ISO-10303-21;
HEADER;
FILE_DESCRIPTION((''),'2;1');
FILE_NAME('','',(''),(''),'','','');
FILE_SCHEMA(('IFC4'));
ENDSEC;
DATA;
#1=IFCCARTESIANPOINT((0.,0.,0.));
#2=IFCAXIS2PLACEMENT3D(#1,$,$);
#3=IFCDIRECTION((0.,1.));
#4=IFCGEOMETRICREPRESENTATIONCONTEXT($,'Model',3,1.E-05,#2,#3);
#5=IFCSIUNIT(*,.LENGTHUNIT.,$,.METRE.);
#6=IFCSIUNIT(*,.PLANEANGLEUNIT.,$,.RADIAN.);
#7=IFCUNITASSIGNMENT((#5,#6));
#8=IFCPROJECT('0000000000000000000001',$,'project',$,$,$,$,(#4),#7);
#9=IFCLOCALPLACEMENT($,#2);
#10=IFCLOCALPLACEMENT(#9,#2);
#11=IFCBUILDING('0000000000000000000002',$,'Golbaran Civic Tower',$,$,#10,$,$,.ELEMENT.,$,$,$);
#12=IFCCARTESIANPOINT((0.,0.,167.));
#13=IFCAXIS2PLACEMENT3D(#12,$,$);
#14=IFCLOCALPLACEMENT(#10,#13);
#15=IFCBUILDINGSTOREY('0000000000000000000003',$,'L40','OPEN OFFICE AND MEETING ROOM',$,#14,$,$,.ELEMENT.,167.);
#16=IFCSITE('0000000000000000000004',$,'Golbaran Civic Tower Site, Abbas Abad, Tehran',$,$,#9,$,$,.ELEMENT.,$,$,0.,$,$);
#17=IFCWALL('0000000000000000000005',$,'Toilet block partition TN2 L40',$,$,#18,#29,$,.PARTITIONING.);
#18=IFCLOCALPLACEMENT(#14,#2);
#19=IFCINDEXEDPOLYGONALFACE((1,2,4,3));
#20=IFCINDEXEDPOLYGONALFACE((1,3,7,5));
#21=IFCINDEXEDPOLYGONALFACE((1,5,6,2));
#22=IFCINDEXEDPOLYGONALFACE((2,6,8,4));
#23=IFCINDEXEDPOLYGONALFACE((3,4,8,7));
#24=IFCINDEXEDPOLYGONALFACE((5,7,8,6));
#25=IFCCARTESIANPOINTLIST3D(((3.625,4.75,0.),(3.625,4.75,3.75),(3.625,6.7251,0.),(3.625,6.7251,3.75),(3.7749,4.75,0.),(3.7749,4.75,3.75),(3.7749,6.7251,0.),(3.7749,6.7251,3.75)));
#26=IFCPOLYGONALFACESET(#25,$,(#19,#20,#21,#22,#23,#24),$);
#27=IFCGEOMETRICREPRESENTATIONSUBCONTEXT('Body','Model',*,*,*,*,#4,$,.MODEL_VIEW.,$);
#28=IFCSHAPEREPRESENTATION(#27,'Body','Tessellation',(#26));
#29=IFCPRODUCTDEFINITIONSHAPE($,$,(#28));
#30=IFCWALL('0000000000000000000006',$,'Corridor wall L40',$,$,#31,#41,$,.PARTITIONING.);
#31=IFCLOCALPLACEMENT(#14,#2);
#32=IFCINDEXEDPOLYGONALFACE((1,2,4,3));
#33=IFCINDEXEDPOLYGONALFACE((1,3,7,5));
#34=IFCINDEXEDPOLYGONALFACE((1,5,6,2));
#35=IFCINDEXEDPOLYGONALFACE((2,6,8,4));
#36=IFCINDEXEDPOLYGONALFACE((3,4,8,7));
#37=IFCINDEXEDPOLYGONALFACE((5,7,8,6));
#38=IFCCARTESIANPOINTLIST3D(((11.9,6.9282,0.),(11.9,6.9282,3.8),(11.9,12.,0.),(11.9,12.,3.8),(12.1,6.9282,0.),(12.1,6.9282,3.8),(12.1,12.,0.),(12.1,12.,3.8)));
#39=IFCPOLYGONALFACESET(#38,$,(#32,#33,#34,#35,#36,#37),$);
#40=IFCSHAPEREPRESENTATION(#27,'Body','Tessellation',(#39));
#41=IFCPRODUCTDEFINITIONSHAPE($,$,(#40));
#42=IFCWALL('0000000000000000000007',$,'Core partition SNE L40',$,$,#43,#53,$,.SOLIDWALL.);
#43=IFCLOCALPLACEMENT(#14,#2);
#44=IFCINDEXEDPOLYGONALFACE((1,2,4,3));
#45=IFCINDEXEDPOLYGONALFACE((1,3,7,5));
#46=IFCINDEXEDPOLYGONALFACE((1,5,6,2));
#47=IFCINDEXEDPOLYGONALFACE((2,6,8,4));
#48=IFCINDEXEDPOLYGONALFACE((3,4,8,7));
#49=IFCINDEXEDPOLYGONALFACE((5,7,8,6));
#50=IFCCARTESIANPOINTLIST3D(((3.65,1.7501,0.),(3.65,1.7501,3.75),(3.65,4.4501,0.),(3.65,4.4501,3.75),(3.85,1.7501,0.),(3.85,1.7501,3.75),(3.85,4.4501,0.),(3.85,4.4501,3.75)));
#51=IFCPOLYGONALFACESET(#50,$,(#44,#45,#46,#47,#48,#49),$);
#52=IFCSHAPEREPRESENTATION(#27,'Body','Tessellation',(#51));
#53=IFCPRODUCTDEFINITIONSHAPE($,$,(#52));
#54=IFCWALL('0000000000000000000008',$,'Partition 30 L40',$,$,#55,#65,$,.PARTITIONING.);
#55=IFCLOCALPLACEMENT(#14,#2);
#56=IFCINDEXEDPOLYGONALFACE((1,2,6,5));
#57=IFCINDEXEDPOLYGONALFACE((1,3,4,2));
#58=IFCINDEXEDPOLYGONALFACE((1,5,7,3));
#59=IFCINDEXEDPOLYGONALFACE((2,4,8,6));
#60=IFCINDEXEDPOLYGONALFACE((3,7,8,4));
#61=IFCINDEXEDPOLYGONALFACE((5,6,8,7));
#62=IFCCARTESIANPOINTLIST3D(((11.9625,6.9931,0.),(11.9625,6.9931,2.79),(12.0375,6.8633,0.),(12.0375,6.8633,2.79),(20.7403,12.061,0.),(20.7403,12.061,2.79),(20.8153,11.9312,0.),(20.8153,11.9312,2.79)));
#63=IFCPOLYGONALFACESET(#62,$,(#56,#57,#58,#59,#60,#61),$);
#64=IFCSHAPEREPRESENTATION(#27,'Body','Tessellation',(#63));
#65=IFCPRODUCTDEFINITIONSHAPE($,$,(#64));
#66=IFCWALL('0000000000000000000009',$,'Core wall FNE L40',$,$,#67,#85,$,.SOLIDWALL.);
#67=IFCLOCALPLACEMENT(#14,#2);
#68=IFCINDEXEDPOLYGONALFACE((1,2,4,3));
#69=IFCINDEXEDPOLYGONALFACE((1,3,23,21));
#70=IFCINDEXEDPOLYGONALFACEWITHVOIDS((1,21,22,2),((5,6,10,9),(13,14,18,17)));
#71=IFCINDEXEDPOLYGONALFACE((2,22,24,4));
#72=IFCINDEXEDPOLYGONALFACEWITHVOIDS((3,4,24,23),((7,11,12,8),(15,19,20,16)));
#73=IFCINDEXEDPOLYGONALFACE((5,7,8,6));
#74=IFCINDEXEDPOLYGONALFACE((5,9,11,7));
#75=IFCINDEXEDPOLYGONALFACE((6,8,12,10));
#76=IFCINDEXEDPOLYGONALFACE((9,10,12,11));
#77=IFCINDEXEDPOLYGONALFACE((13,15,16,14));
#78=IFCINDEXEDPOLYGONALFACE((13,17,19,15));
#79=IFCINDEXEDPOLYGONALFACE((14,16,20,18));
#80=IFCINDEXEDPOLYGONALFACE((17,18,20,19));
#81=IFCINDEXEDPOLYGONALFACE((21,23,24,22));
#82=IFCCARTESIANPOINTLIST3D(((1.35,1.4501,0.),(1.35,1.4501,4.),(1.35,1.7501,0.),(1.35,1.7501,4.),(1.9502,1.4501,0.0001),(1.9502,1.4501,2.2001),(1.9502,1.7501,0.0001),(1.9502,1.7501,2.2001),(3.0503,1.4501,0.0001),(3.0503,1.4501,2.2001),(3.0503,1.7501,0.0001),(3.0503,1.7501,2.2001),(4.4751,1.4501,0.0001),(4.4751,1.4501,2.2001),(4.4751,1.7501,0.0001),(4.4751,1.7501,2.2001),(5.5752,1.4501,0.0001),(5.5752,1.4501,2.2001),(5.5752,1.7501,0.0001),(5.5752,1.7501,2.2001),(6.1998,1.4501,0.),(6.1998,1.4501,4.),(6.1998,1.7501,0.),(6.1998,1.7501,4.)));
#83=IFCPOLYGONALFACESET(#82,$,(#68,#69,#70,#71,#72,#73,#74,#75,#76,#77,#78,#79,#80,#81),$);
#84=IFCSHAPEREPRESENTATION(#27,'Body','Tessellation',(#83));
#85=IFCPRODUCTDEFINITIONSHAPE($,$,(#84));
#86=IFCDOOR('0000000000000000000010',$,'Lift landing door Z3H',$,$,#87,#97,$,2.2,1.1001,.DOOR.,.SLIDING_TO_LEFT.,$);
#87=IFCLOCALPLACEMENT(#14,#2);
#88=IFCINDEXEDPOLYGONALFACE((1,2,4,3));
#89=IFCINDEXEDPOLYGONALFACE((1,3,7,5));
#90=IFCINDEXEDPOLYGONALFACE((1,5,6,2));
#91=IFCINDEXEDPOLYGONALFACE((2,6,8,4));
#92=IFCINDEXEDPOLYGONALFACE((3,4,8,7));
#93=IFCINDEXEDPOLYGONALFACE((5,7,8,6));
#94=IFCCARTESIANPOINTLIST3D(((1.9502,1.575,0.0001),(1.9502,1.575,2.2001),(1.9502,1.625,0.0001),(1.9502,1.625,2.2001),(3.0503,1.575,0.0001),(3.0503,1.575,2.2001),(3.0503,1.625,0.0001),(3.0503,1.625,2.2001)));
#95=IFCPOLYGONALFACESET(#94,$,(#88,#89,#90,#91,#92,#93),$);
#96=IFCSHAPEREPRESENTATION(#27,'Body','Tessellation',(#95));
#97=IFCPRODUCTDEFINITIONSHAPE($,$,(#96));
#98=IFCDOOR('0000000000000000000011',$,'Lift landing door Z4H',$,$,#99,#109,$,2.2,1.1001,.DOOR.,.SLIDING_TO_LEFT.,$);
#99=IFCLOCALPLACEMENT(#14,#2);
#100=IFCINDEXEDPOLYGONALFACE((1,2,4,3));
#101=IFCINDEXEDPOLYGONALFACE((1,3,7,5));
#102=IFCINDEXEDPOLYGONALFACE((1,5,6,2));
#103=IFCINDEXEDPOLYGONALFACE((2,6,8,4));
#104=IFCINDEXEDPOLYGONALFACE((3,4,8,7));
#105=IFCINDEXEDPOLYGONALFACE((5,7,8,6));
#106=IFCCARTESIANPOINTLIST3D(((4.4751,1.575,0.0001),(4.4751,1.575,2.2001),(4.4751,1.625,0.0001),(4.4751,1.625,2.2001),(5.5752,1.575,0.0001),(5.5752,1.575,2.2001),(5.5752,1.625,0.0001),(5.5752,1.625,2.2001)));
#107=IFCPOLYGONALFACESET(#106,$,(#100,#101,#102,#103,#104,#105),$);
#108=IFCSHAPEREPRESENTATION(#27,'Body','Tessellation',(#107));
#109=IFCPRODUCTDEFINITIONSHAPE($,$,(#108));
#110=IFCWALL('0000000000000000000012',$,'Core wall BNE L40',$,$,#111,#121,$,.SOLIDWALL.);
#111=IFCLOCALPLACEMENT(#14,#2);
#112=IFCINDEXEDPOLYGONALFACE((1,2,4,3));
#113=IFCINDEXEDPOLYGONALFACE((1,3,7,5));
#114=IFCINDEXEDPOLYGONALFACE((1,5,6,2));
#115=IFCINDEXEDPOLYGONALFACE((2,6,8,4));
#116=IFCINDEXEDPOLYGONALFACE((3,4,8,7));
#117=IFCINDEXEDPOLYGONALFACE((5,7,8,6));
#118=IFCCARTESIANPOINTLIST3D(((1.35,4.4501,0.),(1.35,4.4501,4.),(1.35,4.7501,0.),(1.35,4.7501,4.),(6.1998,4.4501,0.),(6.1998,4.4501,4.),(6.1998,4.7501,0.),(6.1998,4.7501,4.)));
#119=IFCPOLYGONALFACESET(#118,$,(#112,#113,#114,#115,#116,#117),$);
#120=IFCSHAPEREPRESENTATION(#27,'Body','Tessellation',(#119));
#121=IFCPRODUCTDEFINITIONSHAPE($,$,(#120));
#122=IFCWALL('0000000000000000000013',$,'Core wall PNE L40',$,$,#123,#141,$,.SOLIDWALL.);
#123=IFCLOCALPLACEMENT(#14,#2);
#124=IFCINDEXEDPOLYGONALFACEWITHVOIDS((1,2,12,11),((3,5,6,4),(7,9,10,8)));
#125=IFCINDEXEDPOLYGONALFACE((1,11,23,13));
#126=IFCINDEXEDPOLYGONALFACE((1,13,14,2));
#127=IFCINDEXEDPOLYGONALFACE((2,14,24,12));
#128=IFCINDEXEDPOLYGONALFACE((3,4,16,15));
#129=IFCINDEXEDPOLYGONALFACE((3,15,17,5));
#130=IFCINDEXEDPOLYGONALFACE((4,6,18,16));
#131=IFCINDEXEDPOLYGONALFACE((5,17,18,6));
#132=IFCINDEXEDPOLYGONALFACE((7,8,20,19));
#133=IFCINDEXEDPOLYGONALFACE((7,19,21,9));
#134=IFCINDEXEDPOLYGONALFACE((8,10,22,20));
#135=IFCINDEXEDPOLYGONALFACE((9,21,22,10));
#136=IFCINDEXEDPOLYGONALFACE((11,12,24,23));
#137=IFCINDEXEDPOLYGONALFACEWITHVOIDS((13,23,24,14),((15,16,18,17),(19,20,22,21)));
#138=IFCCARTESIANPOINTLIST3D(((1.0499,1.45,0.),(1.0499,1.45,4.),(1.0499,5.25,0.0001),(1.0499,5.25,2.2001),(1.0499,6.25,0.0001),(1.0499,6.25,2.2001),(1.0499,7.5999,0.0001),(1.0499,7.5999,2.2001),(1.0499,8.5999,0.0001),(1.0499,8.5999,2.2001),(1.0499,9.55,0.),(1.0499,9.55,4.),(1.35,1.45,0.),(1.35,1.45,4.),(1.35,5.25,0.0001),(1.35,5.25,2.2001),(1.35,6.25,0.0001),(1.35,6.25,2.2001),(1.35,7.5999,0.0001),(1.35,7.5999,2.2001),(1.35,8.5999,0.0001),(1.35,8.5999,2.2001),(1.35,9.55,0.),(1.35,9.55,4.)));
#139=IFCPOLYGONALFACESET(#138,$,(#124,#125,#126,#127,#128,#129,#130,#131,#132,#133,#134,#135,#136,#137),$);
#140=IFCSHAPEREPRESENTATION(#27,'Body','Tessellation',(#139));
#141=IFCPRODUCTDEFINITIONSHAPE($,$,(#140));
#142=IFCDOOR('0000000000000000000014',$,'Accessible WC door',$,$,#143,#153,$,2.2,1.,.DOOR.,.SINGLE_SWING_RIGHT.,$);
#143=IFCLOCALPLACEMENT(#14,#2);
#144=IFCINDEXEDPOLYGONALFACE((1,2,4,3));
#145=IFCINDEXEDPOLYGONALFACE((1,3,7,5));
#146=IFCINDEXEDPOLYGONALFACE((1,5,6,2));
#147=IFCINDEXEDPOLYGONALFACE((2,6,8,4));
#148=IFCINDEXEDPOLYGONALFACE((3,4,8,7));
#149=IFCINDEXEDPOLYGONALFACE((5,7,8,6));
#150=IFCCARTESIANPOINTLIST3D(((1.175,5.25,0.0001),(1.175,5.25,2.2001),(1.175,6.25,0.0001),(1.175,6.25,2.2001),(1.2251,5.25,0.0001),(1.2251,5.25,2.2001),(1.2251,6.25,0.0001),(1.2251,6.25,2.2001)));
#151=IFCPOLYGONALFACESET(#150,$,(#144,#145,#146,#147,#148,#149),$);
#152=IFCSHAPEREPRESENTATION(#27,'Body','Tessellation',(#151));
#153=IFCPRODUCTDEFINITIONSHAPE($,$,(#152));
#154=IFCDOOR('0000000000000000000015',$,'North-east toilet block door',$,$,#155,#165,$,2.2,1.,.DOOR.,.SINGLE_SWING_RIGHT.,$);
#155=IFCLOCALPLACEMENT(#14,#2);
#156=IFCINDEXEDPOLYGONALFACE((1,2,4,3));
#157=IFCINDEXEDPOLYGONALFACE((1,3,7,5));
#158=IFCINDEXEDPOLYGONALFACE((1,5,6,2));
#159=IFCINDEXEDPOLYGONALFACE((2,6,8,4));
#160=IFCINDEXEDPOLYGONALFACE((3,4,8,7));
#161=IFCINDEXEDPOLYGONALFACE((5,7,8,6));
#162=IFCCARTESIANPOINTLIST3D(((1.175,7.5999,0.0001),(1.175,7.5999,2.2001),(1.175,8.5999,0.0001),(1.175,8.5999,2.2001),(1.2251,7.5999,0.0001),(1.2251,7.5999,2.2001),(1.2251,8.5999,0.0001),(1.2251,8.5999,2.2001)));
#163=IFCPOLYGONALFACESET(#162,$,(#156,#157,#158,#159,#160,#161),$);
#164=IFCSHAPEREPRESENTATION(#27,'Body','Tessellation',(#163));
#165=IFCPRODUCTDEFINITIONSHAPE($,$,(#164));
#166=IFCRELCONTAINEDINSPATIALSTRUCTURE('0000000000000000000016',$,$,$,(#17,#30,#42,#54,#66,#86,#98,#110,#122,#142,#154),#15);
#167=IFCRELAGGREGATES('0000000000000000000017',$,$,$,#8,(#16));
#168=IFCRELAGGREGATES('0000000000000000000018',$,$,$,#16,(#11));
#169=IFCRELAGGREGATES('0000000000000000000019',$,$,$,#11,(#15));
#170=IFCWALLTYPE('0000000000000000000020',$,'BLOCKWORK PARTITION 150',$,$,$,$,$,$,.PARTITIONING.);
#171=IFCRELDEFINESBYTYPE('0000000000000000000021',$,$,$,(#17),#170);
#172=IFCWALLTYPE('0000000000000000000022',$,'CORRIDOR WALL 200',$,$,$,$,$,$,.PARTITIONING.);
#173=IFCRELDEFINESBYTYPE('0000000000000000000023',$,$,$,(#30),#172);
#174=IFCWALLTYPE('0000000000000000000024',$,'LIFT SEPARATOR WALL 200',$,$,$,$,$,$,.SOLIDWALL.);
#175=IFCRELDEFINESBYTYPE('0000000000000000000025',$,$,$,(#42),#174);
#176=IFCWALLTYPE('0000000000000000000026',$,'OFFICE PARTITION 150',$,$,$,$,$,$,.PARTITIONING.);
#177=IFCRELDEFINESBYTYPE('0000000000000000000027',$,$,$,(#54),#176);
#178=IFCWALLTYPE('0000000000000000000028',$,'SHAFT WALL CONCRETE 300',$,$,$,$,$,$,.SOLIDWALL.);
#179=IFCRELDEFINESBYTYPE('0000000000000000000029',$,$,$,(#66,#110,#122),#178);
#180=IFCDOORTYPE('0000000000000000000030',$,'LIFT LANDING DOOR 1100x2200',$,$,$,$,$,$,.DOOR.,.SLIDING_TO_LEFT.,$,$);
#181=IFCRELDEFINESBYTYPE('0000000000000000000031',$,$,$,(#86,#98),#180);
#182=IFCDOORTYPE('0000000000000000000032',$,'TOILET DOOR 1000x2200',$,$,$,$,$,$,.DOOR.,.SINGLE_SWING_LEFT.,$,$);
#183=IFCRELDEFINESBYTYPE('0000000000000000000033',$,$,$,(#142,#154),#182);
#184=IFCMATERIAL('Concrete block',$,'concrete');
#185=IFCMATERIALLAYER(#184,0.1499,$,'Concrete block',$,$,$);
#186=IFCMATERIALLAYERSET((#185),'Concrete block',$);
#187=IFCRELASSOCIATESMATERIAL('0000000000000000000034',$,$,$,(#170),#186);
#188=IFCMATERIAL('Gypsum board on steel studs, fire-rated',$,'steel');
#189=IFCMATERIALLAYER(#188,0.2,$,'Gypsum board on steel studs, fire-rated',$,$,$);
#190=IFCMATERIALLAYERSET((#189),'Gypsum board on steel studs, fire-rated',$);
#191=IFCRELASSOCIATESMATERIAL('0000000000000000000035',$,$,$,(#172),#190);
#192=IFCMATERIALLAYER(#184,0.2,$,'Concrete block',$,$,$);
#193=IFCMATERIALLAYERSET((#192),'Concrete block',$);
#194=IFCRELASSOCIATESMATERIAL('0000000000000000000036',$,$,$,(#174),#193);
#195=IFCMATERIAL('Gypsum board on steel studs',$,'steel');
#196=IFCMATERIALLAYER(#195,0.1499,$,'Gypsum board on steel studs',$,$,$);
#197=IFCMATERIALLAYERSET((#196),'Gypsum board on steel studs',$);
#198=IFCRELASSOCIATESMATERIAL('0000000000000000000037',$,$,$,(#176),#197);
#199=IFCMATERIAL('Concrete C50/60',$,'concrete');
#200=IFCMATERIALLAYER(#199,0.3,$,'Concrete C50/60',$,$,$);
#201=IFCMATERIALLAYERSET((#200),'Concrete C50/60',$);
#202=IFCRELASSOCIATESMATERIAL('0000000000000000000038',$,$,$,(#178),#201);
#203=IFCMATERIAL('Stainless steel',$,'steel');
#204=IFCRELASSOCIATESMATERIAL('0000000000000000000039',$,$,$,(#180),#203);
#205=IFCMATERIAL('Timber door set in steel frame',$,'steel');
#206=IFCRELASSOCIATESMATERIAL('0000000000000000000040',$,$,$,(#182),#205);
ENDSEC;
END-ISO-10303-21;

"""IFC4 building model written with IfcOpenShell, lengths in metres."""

from ifc_helpers import new_model, si_unit, direction, frame, frame_2d, origin, place, context, subcontext, project, spatial, rectangle, extrude, material, layer, layer_set, type_object, element, fill, save


model = new_model("IFC4")

# Units and contexts
model_context = context("Model", 3, precision=1e-05, world=origin(), true_north=direction((0.0, 1.0)))
body_context = subcontext(model_context, "Body", "Model", "MODEL_VIEW")
ifc_project = project(units=[si_unit("LENGTHUNIT", "METRE"), si_unit("PLANEANGLEUNIT", "RADIAN")], contexts=[model_context])

# Site, building, storey
site_placement = place(None, origin())
site = spatial("IfcSite", under=ifc_project, at=site_placement, Name="Golbaran Civic Tower Site, Abbas Abad, Tehran", CompositionType="ELEMENT", RefElevation=0.0)
building_placement = place(site_placement, origin())
building = spatial("IfcBuilding", under=site, at=building_placement, Name="Golbaran Civic Tower", CompositionType="ELEMENT")
storey_placement = place(building_placement, frame((0.0, 0.0, 167.0)))
storey = spatial("IfcBuildingStorey", under=building, at=storey_placement, Name="L40", Description="OPEN OFFICE AND MEETING ROOM", CompositionType="ELEMENT", Elevation=167.0)

# Shared definitions
ifc_material_1 = material(Name="Concrete block", Category="concrete")
ifc_layer_1 = layer(ifc_material_1, 0.1499, Name="Concrete block")
ifc_layer_set_1 = layer_set([ifc_layer_1], Name="Concrete block")
wall_type_1 = type_object("IfcWallType", Name="BLOCKWORK PARTITION 150", PredefinedType="PARTITIONING", material=ifc_layer_set_1)
ifc_material_2 = material(Name="Timber door set in steel frame", Category="steel")

# Walls
wall_1_placement = place(storey_placement, frame((3.7, 4.75, 0.0), z_axis=(0.0, 0.0, 1.0), x_axis=(0.0, 1.0, 0.0)))
element("IfcWall", 1, at=wall_1_placement, inside=storey, type_object=wall_type_1, Name="Toilet block partition TN2 L40", PredefinedType="PARTITIONING", context=body_context, shape_type="SweptSolid", body=[
    extrude(rectangle(XDim=1.9751, YDim=0.1499, at=frame_2d((0.9875, 0.0))), origin(), (0.0, 0.0, 1.0), 3.75),
])
ifc_material_3 = material(Name="Gypsum board on steel studs, fire-rated", Category="steel")
ifc_layer_2 = layer(ifc_material_3, 0.2, Name="Gypsum board on steel studs, fire-rated")
ifc_layer_set_2 = layer_set([ifc_layer_2], Name="Gypsum board on steel studs, fire-rated")
wall_type_2 = type_object("IfcWallType", Name="CORRIDOR WALL 200", PredefinedType="PARTITIONING", material=ifc_layer_set_2)
wall_2_placement = place(storey_placement, frame((12.0, 6.9282, 0.0), z_axis=(0.0, 0.0, 1.0), x_axis=(0.0, 1.0, 0.0)))
element("IfcWall", 2, at=wall_2_placement, inside=storey, type_object=wall_type_2, Name="Corridor wall L40", PredefinedType="PARTITIONING", context=body_context, shape_type="SweptSolid", body=[
    extrude(rectangle(XDim=5.0718, YDim=0.2, at=frame_2d((2.5359, 0.0))), origin(), (0.0, 0.0, 1.0), 3.8),
])
ifc_layer_3 = layer(ifc_material_1, 0.2, Name="Concrete block")
ifc_layer_set_3 = layer_set([ifc_layer_3], Name="Concrete block")
wall_type_3 = type_object("IfcWallType", Name="LIFT SEPARATOR WALL 200", PredefinedType="SOLIDWALL", material=ifc_layer_set_3)
wall_3_placement = place(storey_placement, frame((3.75, 1.75, 0.0), z_axis=(0.0, 0.0, 1.0), x_axis=(0.0, 1.0, 0.0)))
element("IfcWall", 3, at=wall_3_placement, inside=storey, type_object=wall_type_3, Name="Core partition SNE L40", PredefinedType="SOLIDWALL", context=body_context, shape_type="SweptSolid", body=[
    extrude(rectangle(XDim=2.7, YDim=0.2, at=frame_2d((1.3501, 0.0))), origin(), (0.0, 0.0, 1.0), 3.75),
])
ifc_material_4 = material(Name="Gypsum board on steel studs", Category="steel")
ifc_layer_4 = layer(ifc_material_4, 0.1499, Name="Gypsum board on steel studs")
ifc_layer_set_4 = layer_set([ifc_layer_4], Name="Gypsum board on steel studs")
wall_type_4 = type_object("IfcWallType", Name="OFFICE PARTITION 150", PredefinedType="PARTITIONING", material=ifc_layer_set_4)
wall_4_placement = place(storey_placement, frame((12.0, 6.9282, 0.0), z_axis=(0.0, 0.0, 1.0), x_axis=(0.866026, 0.499999, 0.0)))
element("IfcWall", 4, at=wall_4_placement, inside=storey, type_object=wall_type_4, Name="Partition 30 L40", PredefinedType="PARTITIONING", context=body_context, shape_type="SweptSolid", body=[
    extrude(rectangle(XDim=10.1357, YDim=0.1499, at=frame_2d((5.0679, 0.0))), origin(), (0.0, 0.0, 1.0), 2.79),
])

# Wall, openings, doors
ifc_material_5 = material(Name="Concrete C50/60", Category="concrete")
ifc_layer_5 = layer(ifc_material_5, 0.3, Name="Concrete C50/60")
ifc_layer_set_5 = layer_set([ifc_layer_5], Name="Concrete C50/60")
wall_type_5 = type_object("IfcWallType", Name="SHAFT WALL CONCRETE 300", PredefinedType="SOLIDWALL", material=ifc_layer_set_5)
wall_5_placement = place(storey_placement, frame((1.3501, 1.6001, 0.0), z_axis=(0.0, 0.0, 1.0), x_axis=(1.0, 0.0, 0.0)))
wall_5 = element("IfcWall", 5, at=wall_5_placement, inside=storey, type_object=wall_type_5, Name="Core wall FNE L40", PredefinedType="SOLIDWALL", context=body_context, shape_type="SweptSolid", body=[
    extrude(rectangle(XDim=4.8499, YDim=0.3, at=frame_2d((2.4248, 0.0))), origin(), (0.0, 0.0, 1.0), 4.0),
])
opening_1_placement = place(wall_5_placement, frame((0.6001, 0.0, 0.0)))
opening_1 = element("IfcOpeningElement", 6, at=opening_1_placement, cuts=wall_5, PredefinedType="OPENING", context=body_context, shape_type="SweptSolid", body=[
    extrude(rectangle(XDim=1.1001, YDim=2.2, at=frame_2d((0.55, 1.1001))), frame((0.0, 0.1599, 0.0), z_axis=(0.0, -1.0, 0.0), x_axis=(1.0, 0.0, 0.0)), (0.0, 0.0, 1.0), 0.3201),
])
opening_2_placement = place(wall_5_placement, frame((3.125, 0.0, 0.0)))
opening_2 = element("IfcOpeningElement", 7, at=opening_2_placement, cuts=wall_5, PredefinedType="OPENING", context=body_context, shape_type="SweptSolid", body=[
    extrude(rectangle(XDim=1.1001, YDim=2.2, at=frame_2d((0.55, 1.1001))), frame((0.0, 0.1599, 0.0), z_axis=(0.0, -1.0, 0.0), x_axis=(1.0, 0.0, 0.0)), (0.0, 0.0, 1.0), 0.3201),
])
ifc_material_6 = material(Name="Stainless steel", Category="steel")
door_type_1 = type_object("IfcDoorType", Name="LIFT LANDING DOOR 1100x2200", OperationType="SLIDING_TO_LEFT", PredefinedType="DOOR", material=ifc_material_6)
door_1_placement = place(opening_1_placement, origin())
door_1 = element("IfcDoor", 8, at=door_1_placement, inside=storey, type_object=door_type_1, Name="Lift landing door Z3H", OperationType="SLIDING_TO_LEFT", OverallHeight=2.2, OverallWidth=1.1001, PredefinedType="DOOR", context=body_context, shape_type="SweptSolid", body=[
    extrude(rectangle(XDim=1.1001, YDim=2.2, at=frame_2d((0.55, 1.1001))), frame((0.0, 0.0249, 0.0), z_axis=(0.0, -1.0, 0.0), x_axis=(1.0, 0.0, 0.0)), (0.0, 0.0, 1.0), 0.05),
])
fill(opening_1, door_1)
door_2_placement = place(opening_2_placement, origin())
door_2 = element("IfcDoor", 9, at=door_2_placement, inside=storey, type_object=door_type_1, Name="Lift landing door Z4H", OperationType="SLIDING_TO_LEFT", OverallHeight=2.2, OverallWidth=1.1001, PredefinedType="DOOR", context=body_context, shape_type="SweptSolid", body=[
    extrude(rectangle(XDim=1.1001, YDim=2.2, at=frame_2d((0.55, 1.1001))), frame((0.0, 0.0249, 0.0), z_axis=(0.0, -1.0, 0.0), x_axis=(1.0, 0.0, 0.0)), (0.0, 0.0, 1.0), 0.05),
])
fill(opening_2, door_2)

# Wall
wall_6_placement = place(storey_placement, frame((1.3501, 4.6001, 0.0), z_axis=(0.0, 0.0, 1.0), x_axis=(1.0, 0.0, 0.0)))
element("IfcWall", 10, at=wall_6_placement, inside=storey, type_object=wall_type_5, Name="Core wall BNE L40", PredefinedType="SOLIDWALL", context=body_context, shape_type="SweptSolid", body=[
    extrude(rectangle(XDim=4.8499, YDim=0.3, at=frame_2d((2.4248, 0.0))), origin(), (0.0, 0.0, 1.0), 4.0),
])

# Wall, openings, doors
wall_7_placement = place(storey_placement, frame((1.2, 1.45, 0.0), z_axis=(0.0, 0.0, 1.0), x_axis=(0.0, 1.0, 0.0)))
wall_7 = element("IfcWall", 11, at=wall_7_placement, inside=storey, type_object=wall_type_5, Name="Core wall PNE L40", PredefinedType="SOLIDWALL", context=body_context, shape_type="SweptSolid", body=[
    extrude(rectangle(XDim=8.1001, YDim=0.3, at=frame_2d((4.05, 0.0))), origin(), (0.0, 0.0, 1.0), 4.0),
])
opening_3_placement = place(wall_7_placement, frame((3.8, 0.0, 0.0)))
opening_3 = element("IfcOpeningElement", 12, at=opening_3_placement, cuts=wall_7, PredefinedType="OPENING", context=body_context, shape_type="SweptSolid", body=[
    extrude(rectangle(XDim=1.0, YDim=2.2, at=frame_2d((0.5, 1.1001))), frame((0.0, 0.1599, 0.0), z_axis=(0.0, -1.0, 0.0), x_axis=(1.0, 0.0, 0.0)), (0.0, 0.0, 1.0), 0.3201),
])
opening_4_placement = place(wall_7_placement, frame((6.1499, 0.0, 0.0)))
opening_4 = element("IfcOpeningElement", 13, at=opening_4_placement, cuts=wall_7, PredefinedType="OPENING", context=body_context, shape_type="SweptSolid", body=[
    extrude(rectangle(XDim=1.0, YDim=2.2, at=frame_2d((0.5, 1.1001))), frame((0.0, 0.1599, 0.0), z_axis=(0.0, -1.0, 0.0), x_axis=(1.0, 0.0, 0.0)), (0.0, 0.0, 1.0), 0.3201),
])
door_type_2 = type_object("IfcDoorType", Name="TOILET DOOR 1000x2200", OperationType="SINGLE_SWING_LEFT", PredefinedType="DOOR", material=ifc_material_2)
door_3_placement = place(opening_3_placement, origin())
door_3 = element("IfcDoor", 14, at=door_3_placement, inside=storey, type_object=door_type_2, Name="Accessible WC door", OperationType="SINGLE_SWING_RIGHT", OverallHeight=2.2, OverallWidth=1.0, PredefinedType="DOOR", context=body_context, shape_type="SweptSolid", body=[
    extrude(rectangle(XDim=1.0, YDim=2.2, at=frame_2d((0.5, 1.1001))), frame((0.0, 0.0249, 0.0), z_axis=(0.0, -1.0, 0.0), x_axis=(1.0, 0.0, 0.0)), (0.0, 0.0, 1.0), 0.05),
])
fill(opening_3, door_3)
door_4_placement = place(opening_4_placement, origin())
door_4 = element("IfcDoor", 15, at=door_4_placement, inside=storey, type_object=door_type_2, Name="North-east toilet block door", OperationType="SINGLE_SWING_RIGHT", OverallHeight=2.2, OverallWidth=1.0, PredefinedType="DOOR", context=body_context, shape_type="SweptSolid", body=[
    extrude(rectangle(XDim=1.0, YDim=2.2, at=frame_2d((0.5, 1.1001))), frame((0.0, 0.0249, 0.0), z_axis=(0.0, -1.0, 0.0), x_axis=(1.0, 0.0, 0.0)), (0.0, 0.0, 1.0), 0.05),
])
fill(opening_4, door_4)

save(model, "model.ifc")
